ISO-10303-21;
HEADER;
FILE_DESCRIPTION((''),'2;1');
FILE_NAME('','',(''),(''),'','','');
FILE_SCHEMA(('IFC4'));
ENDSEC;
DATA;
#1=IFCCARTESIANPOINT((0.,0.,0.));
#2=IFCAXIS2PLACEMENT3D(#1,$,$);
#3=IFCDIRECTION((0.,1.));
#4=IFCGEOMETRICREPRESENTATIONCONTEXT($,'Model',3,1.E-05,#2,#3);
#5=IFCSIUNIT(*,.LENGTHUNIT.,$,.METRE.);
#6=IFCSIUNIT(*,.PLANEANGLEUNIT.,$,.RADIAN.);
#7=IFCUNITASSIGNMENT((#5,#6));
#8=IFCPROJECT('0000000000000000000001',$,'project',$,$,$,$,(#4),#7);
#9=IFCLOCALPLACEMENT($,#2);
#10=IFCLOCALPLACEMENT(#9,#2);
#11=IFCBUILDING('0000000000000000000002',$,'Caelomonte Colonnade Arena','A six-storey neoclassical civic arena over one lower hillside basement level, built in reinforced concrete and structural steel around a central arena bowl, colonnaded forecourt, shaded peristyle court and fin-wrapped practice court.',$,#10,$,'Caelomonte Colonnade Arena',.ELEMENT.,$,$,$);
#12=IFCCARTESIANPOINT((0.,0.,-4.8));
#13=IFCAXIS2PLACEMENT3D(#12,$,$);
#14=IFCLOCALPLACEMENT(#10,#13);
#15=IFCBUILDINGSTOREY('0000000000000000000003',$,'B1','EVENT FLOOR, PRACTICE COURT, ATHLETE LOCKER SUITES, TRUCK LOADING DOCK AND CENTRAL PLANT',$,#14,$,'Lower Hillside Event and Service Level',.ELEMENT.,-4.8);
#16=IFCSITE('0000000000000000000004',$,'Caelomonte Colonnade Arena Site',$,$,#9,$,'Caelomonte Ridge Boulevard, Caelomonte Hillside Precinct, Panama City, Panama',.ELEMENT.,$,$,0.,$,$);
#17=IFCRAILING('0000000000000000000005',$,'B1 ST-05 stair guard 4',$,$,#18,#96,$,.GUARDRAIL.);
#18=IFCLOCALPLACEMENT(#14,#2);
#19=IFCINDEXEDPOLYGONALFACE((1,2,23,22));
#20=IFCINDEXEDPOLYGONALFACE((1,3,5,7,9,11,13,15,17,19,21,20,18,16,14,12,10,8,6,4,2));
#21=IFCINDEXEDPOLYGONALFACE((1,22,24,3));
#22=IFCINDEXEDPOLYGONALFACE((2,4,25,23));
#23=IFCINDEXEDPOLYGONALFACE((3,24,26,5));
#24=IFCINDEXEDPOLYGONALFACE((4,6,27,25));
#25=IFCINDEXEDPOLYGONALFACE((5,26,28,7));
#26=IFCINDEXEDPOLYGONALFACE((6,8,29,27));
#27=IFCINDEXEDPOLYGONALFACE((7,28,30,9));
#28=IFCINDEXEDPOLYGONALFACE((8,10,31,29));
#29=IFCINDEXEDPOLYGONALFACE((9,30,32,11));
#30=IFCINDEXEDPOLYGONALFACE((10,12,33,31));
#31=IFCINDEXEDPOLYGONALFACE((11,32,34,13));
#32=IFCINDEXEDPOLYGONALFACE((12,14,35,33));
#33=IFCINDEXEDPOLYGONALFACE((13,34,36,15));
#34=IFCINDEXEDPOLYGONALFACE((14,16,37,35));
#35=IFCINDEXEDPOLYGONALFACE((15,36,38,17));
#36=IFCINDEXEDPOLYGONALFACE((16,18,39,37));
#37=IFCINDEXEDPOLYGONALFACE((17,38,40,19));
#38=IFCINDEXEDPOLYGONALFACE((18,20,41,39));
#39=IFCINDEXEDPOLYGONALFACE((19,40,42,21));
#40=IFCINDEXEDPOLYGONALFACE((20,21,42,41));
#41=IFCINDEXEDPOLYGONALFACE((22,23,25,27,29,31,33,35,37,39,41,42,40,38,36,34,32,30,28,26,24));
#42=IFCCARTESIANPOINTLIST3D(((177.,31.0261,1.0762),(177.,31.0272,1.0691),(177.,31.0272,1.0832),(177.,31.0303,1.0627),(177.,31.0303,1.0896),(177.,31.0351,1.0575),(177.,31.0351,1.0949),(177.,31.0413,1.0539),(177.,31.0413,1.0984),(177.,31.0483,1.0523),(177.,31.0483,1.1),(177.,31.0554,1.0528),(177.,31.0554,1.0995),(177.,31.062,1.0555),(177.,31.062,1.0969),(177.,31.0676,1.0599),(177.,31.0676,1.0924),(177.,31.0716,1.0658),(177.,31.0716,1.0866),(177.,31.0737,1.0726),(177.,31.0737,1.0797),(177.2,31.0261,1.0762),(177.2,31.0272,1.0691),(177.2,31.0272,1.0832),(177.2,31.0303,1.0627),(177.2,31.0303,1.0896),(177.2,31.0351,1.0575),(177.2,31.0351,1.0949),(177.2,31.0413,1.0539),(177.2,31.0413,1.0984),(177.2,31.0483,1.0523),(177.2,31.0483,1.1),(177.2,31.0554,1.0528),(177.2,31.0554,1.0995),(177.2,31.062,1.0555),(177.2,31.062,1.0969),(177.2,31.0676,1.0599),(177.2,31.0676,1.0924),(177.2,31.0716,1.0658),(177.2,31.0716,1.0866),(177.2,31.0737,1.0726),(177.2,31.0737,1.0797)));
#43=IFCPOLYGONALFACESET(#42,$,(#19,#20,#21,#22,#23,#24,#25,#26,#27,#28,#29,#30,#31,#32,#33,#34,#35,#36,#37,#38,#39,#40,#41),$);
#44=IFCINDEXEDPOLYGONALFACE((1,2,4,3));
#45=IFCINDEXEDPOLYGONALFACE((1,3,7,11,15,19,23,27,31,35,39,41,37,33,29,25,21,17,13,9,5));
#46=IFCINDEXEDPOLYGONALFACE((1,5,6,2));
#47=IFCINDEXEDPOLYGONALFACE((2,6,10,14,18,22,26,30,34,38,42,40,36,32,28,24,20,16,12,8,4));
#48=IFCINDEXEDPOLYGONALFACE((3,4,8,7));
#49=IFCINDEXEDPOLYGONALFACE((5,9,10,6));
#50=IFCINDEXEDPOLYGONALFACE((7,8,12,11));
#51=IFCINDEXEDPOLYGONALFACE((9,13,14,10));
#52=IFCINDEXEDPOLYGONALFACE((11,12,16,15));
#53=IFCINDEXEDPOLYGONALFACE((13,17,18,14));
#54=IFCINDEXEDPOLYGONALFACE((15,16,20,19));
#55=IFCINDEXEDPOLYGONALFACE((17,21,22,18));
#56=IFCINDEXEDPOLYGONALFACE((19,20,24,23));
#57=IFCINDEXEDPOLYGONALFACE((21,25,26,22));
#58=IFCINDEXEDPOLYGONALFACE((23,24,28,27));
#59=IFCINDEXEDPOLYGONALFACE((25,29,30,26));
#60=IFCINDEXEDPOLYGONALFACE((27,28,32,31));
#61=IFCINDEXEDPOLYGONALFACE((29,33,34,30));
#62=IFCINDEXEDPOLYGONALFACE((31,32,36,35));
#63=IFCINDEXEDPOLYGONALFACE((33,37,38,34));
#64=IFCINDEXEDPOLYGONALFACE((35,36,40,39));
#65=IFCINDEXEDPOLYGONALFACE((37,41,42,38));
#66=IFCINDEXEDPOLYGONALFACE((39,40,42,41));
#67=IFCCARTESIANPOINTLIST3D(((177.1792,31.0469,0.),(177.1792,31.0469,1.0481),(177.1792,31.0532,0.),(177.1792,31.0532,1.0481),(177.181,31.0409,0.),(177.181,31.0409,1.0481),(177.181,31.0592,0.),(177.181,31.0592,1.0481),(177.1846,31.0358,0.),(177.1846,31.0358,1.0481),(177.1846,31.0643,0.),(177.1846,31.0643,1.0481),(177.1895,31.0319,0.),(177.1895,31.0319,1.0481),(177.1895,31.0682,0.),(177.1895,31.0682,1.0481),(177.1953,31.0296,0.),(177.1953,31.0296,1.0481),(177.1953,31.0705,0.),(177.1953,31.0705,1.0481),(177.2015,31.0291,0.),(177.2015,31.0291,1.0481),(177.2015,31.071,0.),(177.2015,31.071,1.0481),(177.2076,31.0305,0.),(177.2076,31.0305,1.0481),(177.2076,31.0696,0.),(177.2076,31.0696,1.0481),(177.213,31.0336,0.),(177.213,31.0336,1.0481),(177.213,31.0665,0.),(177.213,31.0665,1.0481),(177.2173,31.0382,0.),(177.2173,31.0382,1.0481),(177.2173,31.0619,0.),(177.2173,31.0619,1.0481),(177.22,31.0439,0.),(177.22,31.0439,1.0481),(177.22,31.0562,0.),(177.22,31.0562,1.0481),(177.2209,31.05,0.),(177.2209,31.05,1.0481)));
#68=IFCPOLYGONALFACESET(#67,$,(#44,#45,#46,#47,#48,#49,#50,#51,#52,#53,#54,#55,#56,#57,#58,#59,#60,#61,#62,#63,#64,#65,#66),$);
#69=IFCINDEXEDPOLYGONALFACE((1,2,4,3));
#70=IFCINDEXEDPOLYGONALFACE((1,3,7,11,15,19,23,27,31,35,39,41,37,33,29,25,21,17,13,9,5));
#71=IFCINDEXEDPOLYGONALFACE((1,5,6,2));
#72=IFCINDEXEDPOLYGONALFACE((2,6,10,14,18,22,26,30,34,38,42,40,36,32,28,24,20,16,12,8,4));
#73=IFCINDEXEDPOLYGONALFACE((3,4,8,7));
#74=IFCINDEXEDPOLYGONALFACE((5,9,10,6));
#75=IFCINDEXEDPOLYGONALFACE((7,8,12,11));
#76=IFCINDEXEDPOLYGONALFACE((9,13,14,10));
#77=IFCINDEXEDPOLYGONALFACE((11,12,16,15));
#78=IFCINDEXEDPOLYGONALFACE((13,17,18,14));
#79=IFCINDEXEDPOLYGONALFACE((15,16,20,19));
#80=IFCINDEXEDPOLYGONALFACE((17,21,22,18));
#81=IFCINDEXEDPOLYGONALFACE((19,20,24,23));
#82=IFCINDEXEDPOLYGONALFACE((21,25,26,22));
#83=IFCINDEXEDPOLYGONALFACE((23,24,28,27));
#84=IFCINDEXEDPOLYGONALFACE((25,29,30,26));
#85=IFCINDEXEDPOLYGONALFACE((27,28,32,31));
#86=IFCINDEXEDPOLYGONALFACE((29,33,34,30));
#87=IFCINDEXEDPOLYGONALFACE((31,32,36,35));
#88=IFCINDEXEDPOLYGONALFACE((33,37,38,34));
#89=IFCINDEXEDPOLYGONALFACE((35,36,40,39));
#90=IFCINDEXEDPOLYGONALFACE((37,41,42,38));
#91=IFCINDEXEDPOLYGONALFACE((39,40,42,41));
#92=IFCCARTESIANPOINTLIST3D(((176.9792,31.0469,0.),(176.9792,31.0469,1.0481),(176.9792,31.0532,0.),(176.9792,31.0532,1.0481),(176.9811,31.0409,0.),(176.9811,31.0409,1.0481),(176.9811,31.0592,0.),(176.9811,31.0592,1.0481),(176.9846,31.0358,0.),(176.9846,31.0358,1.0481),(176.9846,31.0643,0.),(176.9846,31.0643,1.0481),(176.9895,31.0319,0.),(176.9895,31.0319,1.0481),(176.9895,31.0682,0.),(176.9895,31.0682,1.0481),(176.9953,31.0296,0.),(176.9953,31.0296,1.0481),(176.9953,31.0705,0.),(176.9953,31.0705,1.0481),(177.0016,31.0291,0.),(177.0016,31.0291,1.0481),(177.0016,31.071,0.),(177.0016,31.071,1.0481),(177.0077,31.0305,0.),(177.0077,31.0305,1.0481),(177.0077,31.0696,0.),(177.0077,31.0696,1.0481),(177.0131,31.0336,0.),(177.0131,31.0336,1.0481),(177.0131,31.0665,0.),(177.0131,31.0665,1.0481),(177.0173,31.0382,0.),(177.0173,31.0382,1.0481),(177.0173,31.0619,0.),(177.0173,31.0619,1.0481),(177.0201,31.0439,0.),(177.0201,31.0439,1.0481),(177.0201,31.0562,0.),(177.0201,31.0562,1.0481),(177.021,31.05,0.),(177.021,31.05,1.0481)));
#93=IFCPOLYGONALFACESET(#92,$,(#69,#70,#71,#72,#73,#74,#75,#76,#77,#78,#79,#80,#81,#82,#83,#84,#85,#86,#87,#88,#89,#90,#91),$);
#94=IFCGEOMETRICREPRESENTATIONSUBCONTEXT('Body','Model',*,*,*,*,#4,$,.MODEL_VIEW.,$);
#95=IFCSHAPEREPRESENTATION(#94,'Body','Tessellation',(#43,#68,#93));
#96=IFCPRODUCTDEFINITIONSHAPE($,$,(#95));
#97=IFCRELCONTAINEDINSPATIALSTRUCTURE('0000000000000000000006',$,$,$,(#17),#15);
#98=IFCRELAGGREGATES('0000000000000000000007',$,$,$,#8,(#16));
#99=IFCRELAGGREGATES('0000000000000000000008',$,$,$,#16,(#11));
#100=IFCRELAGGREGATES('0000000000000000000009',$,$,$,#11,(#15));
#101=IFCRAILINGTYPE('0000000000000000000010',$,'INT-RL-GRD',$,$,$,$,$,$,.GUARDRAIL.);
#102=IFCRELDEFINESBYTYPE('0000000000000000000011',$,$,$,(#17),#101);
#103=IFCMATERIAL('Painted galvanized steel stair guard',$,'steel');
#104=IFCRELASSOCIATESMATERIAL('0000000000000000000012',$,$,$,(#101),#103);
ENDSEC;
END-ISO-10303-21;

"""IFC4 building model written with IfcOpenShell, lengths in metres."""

from ifc_helpers import new_model, si_unit, direction, frame, origin, origin_2d, place, context, subcontext, project, spatial, circle, extrude, material, type_object, element, save


model = new_model("IFC4")

# Units and contexts
model_context = context("Model", 3, precision=1e-05, world=origin(), true_north=direction((0.0, 1.0)))
body_context = subcontext(model_context, "Body", "Model", "MODEL_VIEW")
ifc_project = project(units=[si_unit("LENGTHUNIT", "METRE"), si_unit("PLANEANGLEUNIT", "RADIAN")], contexts=[model_context])

# Site, building, storey
site_placement = place(None, origin())
site = spatial("IfcSite", under=ifc_project, at=site_placement, Name="Caelomonte Colonnade Arena Site", LongName="Caelomonte Ridge Boulevard, Caelomonte Hillside Precinct, Panama City, Panama", CompositionType="ELEMENT", RefElevation=0.0)
building_placement = place(site_placement, origin())
building = spatial("IfcBuilding", under=site, at=building_placement, Name="Caelomonte Colonnade Arena", Description="A six-storey neoclassical civic arena over one lower hillside basement level, built in reinforced concrete and structural steel around a central arena bowl, colonnaded forecourt, shaded peristyle court and fin-wrapped practice court.", LongName="Caelomonte Colonnade Arena", CompositionType="ELEMENT")
storey_placement = place(building_placement, frame((0.0, 0.0, -4.8)))
storey = spatial("IfcBuildingStorey", under=building, at=storey_placement, Name="B1", Description="EVENT FLOOR, PRACTICE COURT, ATHLETE LOCKER SUITES, TRUCK LOADING DOCK AND CENTRAL PLANT", LongName="Lower Hillside Event and Service Level", CompositionType="ELEMENT", Elevation=-4.8)

# Railing
ifc_material_1 = material(Name="Painted galvanized steel stair guard", Category="steel")
railing_type_1 = type_object("IfcRailingType", Name="INT-RL-GRD", PredefinedType="GUARDRAIL", material=ifc_material_1)
railing_1_placement = place(storey_placement, frame((177.2, 31.05, 0.0)))
element("IfcRailing", 1, at=railing_1_placement, inside=storey, type_object=railing_type_1, Name="B1 ST-05 stair guard 4", PredefinedType="GUARDRAIL", context=body_context, shape_type="SweptSolid", body=[
    extrude(circle(Radius=0.0239, at=origin_2d()), frame((0.0, 0.0, 1.0762), z_axis=(-1.0, 0.0, 0.0), x_axis=(0.0, -1.0, 0.0)), (0.0, 0.0, 1.0), 0.2),
    extrude(circle(Radius=0.021, at=origin_2d()), origin(), (0.0, 0.0, 1.0), 1.0481),
    extrude(circle(Radius=0.021, at=origin_2d()), frame((-0.2, 0.0, 0.0)), (0.0, 0.0, 1.0), 1.0481),
])

save(model, "model.ifc")
